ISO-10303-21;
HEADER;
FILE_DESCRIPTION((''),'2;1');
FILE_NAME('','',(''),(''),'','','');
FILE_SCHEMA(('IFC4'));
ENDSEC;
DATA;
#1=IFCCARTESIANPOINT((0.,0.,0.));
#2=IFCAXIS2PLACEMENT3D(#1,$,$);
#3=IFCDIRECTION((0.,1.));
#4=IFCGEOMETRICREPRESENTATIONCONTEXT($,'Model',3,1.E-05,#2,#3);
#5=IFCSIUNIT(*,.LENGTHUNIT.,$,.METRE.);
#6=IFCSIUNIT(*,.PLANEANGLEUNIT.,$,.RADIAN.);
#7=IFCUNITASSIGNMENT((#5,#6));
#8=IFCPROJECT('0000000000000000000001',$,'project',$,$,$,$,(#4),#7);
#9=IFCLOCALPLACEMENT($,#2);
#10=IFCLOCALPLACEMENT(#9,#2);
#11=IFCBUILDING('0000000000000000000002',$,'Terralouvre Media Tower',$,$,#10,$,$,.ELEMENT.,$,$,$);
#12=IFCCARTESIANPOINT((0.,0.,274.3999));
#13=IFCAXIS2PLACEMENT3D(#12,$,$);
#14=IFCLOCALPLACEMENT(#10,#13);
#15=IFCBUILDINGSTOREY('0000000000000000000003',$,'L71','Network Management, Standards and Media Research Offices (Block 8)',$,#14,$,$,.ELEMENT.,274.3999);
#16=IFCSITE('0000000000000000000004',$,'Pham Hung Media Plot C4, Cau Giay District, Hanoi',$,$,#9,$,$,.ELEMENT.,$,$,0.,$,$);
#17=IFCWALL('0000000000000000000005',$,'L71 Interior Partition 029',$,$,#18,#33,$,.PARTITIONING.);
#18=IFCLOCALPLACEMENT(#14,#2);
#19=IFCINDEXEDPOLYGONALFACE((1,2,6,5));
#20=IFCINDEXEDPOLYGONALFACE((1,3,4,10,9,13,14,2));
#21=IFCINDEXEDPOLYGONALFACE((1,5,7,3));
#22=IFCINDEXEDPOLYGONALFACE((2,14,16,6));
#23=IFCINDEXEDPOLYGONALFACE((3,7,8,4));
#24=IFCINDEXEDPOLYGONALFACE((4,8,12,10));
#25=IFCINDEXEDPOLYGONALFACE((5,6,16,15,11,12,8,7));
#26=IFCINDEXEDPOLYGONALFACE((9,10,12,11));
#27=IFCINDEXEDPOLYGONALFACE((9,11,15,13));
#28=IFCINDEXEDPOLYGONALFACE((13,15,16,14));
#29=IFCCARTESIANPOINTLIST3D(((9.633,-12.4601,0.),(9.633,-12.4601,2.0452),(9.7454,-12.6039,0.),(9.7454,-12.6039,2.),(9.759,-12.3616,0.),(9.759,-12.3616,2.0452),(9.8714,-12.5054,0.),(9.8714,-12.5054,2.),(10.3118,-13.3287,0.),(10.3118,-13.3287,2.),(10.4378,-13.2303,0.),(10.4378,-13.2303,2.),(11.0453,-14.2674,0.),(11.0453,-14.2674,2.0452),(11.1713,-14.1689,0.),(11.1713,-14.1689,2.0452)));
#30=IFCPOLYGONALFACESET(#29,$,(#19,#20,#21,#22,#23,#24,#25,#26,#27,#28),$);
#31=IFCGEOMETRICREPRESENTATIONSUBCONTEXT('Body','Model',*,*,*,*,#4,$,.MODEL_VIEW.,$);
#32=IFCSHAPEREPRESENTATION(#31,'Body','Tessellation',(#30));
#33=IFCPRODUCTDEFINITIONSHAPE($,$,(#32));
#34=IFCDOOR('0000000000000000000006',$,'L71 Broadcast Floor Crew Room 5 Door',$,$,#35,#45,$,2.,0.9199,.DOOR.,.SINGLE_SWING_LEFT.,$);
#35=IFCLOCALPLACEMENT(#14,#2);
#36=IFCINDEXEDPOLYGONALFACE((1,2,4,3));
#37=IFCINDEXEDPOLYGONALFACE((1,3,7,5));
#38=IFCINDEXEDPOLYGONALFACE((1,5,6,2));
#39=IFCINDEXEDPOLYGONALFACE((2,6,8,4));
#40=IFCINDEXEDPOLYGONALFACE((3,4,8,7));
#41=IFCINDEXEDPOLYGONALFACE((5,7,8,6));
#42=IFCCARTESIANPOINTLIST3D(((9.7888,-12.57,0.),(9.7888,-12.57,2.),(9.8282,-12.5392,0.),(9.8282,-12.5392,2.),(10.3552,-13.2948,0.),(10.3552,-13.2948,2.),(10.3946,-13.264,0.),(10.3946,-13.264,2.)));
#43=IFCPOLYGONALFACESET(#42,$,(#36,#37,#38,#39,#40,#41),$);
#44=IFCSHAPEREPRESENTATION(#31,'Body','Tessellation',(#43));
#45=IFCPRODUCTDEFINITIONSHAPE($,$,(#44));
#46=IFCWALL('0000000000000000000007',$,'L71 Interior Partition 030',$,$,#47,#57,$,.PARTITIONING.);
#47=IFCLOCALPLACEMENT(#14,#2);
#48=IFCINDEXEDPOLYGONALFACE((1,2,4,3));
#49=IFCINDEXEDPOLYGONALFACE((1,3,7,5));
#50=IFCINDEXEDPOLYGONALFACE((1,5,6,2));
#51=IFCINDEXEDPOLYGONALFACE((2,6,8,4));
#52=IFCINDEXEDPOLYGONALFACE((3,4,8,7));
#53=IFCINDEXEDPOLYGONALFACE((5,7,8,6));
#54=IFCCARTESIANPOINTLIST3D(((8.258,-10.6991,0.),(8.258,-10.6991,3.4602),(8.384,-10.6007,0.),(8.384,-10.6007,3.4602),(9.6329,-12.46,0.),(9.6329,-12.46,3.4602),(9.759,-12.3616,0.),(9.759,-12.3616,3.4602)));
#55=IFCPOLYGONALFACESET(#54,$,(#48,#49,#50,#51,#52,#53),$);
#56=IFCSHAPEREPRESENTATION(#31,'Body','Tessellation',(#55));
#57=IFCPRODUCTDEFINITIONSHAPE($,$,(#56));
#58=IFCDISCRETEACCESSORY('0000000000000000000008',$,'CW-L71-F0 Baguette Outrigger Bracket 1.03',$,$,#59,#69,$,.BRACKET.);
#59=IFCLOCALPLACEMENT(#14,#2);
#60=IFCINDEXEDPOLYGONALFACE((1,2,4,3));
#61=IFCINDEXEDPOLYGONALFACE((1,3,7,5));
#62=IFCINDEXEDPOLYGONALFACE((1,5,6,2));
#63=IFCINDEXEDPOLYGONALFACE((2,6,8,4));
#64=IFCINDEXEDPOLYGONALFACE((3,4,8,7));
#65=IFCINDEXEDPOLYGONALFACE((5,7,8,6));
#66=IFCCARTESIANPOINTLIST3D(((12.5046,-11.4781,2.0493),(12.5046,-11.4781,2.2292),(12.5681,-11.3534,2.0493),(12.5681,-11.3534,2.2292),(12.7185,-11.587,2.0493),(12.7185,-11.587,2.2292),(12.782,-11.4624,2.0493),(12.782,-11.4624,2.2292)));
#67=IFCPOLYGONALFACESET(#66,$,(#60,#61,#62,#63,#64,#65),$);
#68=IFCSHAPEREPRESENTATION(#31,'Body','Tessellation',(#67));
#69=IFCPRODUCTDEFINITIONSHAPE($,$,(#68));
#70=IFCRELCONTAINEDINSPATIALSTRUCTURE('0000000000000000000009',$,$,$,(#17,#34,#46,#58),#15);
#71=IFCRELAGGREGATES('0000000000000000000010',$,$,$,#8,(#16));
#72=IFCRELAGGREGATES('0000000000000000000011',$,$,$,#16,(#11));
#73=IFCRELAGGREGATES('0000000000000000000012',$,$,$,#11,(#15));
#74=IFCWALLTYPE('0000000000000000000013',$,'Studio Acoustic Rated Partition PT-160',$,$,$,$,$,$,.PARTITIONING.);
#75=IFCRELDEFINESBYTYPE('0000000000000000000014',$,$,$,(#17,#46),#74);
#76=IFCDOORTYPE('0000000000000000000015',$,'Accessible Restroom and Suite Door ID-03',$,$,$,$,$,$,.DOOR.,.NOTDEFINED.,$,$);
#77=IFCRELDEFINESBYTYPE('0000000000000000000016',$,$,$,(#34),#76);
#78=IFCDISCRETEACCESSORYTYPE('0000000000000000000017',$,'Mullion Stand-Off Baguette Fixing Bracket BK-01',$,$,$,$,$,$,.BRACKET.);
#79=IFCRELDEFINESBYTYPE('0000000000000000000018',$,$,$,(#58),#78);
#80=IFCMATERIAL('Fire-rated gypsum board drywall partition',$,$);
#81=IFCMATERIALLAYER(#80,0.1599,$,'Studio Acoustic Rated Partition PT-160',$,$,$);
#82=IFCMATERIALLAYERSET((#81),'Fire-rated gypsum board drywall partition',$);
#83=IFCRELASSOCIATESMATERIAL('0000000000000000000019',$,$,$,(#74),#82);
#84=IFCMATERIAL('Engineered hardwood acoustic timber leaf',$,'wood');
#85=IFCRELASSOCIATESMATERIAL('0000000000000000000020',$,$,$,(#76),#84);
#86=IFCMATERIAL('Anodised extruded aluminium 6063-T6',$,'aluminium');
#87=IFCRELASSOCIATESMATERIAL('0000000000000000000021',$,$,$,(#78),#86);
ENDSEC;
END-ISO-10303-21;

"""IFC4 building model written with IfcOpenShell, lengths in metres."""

from ifc_helpers import new_model, si_unit, direction, frame, frame_2d, origin, origin_2d, place, context, subcontext, project, spatial, rectangle, extrude, material, layer, layer_set, type_object, element, fill, save


model = new_model("IFC4")

# Units and contexts
model_context = context("Model", 3, precision=1e-05, world=origin(), true_north=direction((0.0, 1.0)))
body_context = subcontext(model_context, "Body", "Model", "MODEL_VIEW")
ifc_project = project(units=[si_unit("LENGTHUNIT", "METRE"), si_unit("PLANEANGLEUNIT", "RADIAN")], contexts=[model_context])

# Site, building, storey
site_placement = place(None, origin())
site = spatial("IfcSite", under=ifc_project, at=site_placement, Name="Pham Hung Media Plot C4, Cau Giay District, Hanoi", CompositionType="ELEMENT", RefElevation=0.0)
building_placement = place(site_placement, origin())
building = spatial("IfcBuilding", under=site, at=building_placement, Name="Terralouvre Media Tower", CompositionType="ELEMENT")
storey_placement = place(building_placement, frame((0.0, 0.0, 274.3999)))
storey = spatial("IfcBuildingStorey", under=building, at=storey_placement, Name="L71", Description="Network Management, Standards and Media Research Offices (Block 8)", CompositionType="ELEMENT", Elevation=274.3999)

# Wall, opening, door
ifc_material_1 = material(Name="Fire-rated gypsum board drywall partition")
ifc_layer_1 = layer(ifc_material_1, 0.1599, Name="Studio Acoustic Rated Partition PT-160")
ifc_layer_set_1 = layer_set([ifc_layer_1], Name="Fire-rated gypsum board drywall partition")
wall_type_1 = type_object("IfcWallType", Name="Studio Acoustic Rated Partition PT-160", PredefinedType="PARTITIONING", material=ifc_layer_set_1)
wall_1_placement = place(storey_placement, frame((11.1084, -14.2183, 0.0), z_axis=(0.0, 0.0, 1.0), x_axis=(-0.615737, 0.787952, 0.0)))
wall_1 = element("IfcWall", 1, at=wall_1_placement, inside=storey, type_object=wall_type_1, Name="L71 Interior Partition 029", PredefinedType="PARTITIONING", context=body_context, shape_type="SweptSolid", body=[
    extrude(rectangle(XDim=2.2937, YDim=0.1599, at=frame_2d((1.147, 0.0))), origin(), (0.0, 0.0, 1.0), 2.0452),
])
opening_1_placement = place(wall_1_placement, frame((1.1914, 0.0, 0.0)))
opening_1 = element("IfcOpeningElement", 2, at=opening_1_placement, cuts=wall_1, PredefinedType="OPENING", context=body_context, shape_type="SweptSolid", body=[
    extrude(rectangle(XDim=0.9199, YDim=2.0, at=frame_2d((0.46, 1.0))), frame((0.0, 0.0898, 0.0), z_axis=(0.0, -1.0, 0.0), x_axis=(1.0, 0.0, 0.0)), (0.0, 0.0, 1.0), 0.1799),
])
ifc_material_2 = material(Name="Engineered hardwood acoustic timber leaf", Category="wood")
door_type_1 = type_object("IfcDoorType", Name="Accessible Restroom and Suite Door ID-03", OperationType="NOTDEFINED", PredefinedType="DOOR", material=ifc_material_2)
door_1_placement = place(opening_1_placement, origin())
door_1 = element("IfcDoor", 3, at=door_1_placement, inside=storey, type_object=door_type_1, Name="L71 Broadcast Floor Crew Room 5 Door", OperationType="SINGLE_SWING_LEFT", OverallHeight=2.0, OverallWidth=0.9199, PredefinedType="DOOR", context=body_context, shape_type="SweptSolid", body=[
    extrude(rectangle(XDim=0.9199, YDim=2.0, at=frame_2d((0.46, 1.0))), frame((0.0, 0.0249, 0.0), z_axis=(0.0, -1.0, 0.0), x_axis=(1.0, 0.0, 0.0)), (0.0, 0.0, 1.0), 0.05),
])
fill(opening_1, door_1)

# Wall
wall_2_placement = place(storey_placement, frame((9.696, -12.4109, 0.0), z_axis=(0.0, 0.0, 1.0), x_axis=(-0.61543, 0.788192, 0.0)))
element("IfcWall", 4, at=wall_2_placement, inside=storey, type_object=wall_type_1, Name="L71 Interior Partition 030", PredefinedType="PARTITIONING", context=body_context, shape_type="SweptSolid", body=[
    extrude(rectangle(XDim=2.2341, YDim=0.1599, at=frame_2d((1.1172, 0.0))), origin(), (0.0, 0.0, 1.0), 3.4602),
])

# Discrete accessory
ifc_material_3 = material(Name="Anodised extruded aluminium 6063-T6", Category="aluminium")
discrete_accessory_type = type_object("IfcDiscreteAccessoryType", Name="Mullion Stand-Off Baguette Fixing Bracket BK-01", PredefinedType="BRACKET", material=ifc_material_3)
discrete_accessory_placement = place(storey_placement, frame((12.6433, -11.4702, 2.0493), z_axis=(0.0, 0.0, 1.0), x_axis=(0.45399, 0.891007, 0.0)))
element("IfcDiscreteAccessory", 5, at=discrete_accessory_placement, inside=storey, type_object=discrete_accessory_type, Name="CW-L71-F0 Baguette Outrigger Bracket 1.03", PredefinedType="BRACKET", context=body_context, shape_type="SweptSolid", body=[
    extrude(rectangle(XDim=0.1399, YDim=0.24, at=origin_2d()), origin(), (0.0, 0.0, 1.0), 0.1799),
])

save(model, "model.ifc")
